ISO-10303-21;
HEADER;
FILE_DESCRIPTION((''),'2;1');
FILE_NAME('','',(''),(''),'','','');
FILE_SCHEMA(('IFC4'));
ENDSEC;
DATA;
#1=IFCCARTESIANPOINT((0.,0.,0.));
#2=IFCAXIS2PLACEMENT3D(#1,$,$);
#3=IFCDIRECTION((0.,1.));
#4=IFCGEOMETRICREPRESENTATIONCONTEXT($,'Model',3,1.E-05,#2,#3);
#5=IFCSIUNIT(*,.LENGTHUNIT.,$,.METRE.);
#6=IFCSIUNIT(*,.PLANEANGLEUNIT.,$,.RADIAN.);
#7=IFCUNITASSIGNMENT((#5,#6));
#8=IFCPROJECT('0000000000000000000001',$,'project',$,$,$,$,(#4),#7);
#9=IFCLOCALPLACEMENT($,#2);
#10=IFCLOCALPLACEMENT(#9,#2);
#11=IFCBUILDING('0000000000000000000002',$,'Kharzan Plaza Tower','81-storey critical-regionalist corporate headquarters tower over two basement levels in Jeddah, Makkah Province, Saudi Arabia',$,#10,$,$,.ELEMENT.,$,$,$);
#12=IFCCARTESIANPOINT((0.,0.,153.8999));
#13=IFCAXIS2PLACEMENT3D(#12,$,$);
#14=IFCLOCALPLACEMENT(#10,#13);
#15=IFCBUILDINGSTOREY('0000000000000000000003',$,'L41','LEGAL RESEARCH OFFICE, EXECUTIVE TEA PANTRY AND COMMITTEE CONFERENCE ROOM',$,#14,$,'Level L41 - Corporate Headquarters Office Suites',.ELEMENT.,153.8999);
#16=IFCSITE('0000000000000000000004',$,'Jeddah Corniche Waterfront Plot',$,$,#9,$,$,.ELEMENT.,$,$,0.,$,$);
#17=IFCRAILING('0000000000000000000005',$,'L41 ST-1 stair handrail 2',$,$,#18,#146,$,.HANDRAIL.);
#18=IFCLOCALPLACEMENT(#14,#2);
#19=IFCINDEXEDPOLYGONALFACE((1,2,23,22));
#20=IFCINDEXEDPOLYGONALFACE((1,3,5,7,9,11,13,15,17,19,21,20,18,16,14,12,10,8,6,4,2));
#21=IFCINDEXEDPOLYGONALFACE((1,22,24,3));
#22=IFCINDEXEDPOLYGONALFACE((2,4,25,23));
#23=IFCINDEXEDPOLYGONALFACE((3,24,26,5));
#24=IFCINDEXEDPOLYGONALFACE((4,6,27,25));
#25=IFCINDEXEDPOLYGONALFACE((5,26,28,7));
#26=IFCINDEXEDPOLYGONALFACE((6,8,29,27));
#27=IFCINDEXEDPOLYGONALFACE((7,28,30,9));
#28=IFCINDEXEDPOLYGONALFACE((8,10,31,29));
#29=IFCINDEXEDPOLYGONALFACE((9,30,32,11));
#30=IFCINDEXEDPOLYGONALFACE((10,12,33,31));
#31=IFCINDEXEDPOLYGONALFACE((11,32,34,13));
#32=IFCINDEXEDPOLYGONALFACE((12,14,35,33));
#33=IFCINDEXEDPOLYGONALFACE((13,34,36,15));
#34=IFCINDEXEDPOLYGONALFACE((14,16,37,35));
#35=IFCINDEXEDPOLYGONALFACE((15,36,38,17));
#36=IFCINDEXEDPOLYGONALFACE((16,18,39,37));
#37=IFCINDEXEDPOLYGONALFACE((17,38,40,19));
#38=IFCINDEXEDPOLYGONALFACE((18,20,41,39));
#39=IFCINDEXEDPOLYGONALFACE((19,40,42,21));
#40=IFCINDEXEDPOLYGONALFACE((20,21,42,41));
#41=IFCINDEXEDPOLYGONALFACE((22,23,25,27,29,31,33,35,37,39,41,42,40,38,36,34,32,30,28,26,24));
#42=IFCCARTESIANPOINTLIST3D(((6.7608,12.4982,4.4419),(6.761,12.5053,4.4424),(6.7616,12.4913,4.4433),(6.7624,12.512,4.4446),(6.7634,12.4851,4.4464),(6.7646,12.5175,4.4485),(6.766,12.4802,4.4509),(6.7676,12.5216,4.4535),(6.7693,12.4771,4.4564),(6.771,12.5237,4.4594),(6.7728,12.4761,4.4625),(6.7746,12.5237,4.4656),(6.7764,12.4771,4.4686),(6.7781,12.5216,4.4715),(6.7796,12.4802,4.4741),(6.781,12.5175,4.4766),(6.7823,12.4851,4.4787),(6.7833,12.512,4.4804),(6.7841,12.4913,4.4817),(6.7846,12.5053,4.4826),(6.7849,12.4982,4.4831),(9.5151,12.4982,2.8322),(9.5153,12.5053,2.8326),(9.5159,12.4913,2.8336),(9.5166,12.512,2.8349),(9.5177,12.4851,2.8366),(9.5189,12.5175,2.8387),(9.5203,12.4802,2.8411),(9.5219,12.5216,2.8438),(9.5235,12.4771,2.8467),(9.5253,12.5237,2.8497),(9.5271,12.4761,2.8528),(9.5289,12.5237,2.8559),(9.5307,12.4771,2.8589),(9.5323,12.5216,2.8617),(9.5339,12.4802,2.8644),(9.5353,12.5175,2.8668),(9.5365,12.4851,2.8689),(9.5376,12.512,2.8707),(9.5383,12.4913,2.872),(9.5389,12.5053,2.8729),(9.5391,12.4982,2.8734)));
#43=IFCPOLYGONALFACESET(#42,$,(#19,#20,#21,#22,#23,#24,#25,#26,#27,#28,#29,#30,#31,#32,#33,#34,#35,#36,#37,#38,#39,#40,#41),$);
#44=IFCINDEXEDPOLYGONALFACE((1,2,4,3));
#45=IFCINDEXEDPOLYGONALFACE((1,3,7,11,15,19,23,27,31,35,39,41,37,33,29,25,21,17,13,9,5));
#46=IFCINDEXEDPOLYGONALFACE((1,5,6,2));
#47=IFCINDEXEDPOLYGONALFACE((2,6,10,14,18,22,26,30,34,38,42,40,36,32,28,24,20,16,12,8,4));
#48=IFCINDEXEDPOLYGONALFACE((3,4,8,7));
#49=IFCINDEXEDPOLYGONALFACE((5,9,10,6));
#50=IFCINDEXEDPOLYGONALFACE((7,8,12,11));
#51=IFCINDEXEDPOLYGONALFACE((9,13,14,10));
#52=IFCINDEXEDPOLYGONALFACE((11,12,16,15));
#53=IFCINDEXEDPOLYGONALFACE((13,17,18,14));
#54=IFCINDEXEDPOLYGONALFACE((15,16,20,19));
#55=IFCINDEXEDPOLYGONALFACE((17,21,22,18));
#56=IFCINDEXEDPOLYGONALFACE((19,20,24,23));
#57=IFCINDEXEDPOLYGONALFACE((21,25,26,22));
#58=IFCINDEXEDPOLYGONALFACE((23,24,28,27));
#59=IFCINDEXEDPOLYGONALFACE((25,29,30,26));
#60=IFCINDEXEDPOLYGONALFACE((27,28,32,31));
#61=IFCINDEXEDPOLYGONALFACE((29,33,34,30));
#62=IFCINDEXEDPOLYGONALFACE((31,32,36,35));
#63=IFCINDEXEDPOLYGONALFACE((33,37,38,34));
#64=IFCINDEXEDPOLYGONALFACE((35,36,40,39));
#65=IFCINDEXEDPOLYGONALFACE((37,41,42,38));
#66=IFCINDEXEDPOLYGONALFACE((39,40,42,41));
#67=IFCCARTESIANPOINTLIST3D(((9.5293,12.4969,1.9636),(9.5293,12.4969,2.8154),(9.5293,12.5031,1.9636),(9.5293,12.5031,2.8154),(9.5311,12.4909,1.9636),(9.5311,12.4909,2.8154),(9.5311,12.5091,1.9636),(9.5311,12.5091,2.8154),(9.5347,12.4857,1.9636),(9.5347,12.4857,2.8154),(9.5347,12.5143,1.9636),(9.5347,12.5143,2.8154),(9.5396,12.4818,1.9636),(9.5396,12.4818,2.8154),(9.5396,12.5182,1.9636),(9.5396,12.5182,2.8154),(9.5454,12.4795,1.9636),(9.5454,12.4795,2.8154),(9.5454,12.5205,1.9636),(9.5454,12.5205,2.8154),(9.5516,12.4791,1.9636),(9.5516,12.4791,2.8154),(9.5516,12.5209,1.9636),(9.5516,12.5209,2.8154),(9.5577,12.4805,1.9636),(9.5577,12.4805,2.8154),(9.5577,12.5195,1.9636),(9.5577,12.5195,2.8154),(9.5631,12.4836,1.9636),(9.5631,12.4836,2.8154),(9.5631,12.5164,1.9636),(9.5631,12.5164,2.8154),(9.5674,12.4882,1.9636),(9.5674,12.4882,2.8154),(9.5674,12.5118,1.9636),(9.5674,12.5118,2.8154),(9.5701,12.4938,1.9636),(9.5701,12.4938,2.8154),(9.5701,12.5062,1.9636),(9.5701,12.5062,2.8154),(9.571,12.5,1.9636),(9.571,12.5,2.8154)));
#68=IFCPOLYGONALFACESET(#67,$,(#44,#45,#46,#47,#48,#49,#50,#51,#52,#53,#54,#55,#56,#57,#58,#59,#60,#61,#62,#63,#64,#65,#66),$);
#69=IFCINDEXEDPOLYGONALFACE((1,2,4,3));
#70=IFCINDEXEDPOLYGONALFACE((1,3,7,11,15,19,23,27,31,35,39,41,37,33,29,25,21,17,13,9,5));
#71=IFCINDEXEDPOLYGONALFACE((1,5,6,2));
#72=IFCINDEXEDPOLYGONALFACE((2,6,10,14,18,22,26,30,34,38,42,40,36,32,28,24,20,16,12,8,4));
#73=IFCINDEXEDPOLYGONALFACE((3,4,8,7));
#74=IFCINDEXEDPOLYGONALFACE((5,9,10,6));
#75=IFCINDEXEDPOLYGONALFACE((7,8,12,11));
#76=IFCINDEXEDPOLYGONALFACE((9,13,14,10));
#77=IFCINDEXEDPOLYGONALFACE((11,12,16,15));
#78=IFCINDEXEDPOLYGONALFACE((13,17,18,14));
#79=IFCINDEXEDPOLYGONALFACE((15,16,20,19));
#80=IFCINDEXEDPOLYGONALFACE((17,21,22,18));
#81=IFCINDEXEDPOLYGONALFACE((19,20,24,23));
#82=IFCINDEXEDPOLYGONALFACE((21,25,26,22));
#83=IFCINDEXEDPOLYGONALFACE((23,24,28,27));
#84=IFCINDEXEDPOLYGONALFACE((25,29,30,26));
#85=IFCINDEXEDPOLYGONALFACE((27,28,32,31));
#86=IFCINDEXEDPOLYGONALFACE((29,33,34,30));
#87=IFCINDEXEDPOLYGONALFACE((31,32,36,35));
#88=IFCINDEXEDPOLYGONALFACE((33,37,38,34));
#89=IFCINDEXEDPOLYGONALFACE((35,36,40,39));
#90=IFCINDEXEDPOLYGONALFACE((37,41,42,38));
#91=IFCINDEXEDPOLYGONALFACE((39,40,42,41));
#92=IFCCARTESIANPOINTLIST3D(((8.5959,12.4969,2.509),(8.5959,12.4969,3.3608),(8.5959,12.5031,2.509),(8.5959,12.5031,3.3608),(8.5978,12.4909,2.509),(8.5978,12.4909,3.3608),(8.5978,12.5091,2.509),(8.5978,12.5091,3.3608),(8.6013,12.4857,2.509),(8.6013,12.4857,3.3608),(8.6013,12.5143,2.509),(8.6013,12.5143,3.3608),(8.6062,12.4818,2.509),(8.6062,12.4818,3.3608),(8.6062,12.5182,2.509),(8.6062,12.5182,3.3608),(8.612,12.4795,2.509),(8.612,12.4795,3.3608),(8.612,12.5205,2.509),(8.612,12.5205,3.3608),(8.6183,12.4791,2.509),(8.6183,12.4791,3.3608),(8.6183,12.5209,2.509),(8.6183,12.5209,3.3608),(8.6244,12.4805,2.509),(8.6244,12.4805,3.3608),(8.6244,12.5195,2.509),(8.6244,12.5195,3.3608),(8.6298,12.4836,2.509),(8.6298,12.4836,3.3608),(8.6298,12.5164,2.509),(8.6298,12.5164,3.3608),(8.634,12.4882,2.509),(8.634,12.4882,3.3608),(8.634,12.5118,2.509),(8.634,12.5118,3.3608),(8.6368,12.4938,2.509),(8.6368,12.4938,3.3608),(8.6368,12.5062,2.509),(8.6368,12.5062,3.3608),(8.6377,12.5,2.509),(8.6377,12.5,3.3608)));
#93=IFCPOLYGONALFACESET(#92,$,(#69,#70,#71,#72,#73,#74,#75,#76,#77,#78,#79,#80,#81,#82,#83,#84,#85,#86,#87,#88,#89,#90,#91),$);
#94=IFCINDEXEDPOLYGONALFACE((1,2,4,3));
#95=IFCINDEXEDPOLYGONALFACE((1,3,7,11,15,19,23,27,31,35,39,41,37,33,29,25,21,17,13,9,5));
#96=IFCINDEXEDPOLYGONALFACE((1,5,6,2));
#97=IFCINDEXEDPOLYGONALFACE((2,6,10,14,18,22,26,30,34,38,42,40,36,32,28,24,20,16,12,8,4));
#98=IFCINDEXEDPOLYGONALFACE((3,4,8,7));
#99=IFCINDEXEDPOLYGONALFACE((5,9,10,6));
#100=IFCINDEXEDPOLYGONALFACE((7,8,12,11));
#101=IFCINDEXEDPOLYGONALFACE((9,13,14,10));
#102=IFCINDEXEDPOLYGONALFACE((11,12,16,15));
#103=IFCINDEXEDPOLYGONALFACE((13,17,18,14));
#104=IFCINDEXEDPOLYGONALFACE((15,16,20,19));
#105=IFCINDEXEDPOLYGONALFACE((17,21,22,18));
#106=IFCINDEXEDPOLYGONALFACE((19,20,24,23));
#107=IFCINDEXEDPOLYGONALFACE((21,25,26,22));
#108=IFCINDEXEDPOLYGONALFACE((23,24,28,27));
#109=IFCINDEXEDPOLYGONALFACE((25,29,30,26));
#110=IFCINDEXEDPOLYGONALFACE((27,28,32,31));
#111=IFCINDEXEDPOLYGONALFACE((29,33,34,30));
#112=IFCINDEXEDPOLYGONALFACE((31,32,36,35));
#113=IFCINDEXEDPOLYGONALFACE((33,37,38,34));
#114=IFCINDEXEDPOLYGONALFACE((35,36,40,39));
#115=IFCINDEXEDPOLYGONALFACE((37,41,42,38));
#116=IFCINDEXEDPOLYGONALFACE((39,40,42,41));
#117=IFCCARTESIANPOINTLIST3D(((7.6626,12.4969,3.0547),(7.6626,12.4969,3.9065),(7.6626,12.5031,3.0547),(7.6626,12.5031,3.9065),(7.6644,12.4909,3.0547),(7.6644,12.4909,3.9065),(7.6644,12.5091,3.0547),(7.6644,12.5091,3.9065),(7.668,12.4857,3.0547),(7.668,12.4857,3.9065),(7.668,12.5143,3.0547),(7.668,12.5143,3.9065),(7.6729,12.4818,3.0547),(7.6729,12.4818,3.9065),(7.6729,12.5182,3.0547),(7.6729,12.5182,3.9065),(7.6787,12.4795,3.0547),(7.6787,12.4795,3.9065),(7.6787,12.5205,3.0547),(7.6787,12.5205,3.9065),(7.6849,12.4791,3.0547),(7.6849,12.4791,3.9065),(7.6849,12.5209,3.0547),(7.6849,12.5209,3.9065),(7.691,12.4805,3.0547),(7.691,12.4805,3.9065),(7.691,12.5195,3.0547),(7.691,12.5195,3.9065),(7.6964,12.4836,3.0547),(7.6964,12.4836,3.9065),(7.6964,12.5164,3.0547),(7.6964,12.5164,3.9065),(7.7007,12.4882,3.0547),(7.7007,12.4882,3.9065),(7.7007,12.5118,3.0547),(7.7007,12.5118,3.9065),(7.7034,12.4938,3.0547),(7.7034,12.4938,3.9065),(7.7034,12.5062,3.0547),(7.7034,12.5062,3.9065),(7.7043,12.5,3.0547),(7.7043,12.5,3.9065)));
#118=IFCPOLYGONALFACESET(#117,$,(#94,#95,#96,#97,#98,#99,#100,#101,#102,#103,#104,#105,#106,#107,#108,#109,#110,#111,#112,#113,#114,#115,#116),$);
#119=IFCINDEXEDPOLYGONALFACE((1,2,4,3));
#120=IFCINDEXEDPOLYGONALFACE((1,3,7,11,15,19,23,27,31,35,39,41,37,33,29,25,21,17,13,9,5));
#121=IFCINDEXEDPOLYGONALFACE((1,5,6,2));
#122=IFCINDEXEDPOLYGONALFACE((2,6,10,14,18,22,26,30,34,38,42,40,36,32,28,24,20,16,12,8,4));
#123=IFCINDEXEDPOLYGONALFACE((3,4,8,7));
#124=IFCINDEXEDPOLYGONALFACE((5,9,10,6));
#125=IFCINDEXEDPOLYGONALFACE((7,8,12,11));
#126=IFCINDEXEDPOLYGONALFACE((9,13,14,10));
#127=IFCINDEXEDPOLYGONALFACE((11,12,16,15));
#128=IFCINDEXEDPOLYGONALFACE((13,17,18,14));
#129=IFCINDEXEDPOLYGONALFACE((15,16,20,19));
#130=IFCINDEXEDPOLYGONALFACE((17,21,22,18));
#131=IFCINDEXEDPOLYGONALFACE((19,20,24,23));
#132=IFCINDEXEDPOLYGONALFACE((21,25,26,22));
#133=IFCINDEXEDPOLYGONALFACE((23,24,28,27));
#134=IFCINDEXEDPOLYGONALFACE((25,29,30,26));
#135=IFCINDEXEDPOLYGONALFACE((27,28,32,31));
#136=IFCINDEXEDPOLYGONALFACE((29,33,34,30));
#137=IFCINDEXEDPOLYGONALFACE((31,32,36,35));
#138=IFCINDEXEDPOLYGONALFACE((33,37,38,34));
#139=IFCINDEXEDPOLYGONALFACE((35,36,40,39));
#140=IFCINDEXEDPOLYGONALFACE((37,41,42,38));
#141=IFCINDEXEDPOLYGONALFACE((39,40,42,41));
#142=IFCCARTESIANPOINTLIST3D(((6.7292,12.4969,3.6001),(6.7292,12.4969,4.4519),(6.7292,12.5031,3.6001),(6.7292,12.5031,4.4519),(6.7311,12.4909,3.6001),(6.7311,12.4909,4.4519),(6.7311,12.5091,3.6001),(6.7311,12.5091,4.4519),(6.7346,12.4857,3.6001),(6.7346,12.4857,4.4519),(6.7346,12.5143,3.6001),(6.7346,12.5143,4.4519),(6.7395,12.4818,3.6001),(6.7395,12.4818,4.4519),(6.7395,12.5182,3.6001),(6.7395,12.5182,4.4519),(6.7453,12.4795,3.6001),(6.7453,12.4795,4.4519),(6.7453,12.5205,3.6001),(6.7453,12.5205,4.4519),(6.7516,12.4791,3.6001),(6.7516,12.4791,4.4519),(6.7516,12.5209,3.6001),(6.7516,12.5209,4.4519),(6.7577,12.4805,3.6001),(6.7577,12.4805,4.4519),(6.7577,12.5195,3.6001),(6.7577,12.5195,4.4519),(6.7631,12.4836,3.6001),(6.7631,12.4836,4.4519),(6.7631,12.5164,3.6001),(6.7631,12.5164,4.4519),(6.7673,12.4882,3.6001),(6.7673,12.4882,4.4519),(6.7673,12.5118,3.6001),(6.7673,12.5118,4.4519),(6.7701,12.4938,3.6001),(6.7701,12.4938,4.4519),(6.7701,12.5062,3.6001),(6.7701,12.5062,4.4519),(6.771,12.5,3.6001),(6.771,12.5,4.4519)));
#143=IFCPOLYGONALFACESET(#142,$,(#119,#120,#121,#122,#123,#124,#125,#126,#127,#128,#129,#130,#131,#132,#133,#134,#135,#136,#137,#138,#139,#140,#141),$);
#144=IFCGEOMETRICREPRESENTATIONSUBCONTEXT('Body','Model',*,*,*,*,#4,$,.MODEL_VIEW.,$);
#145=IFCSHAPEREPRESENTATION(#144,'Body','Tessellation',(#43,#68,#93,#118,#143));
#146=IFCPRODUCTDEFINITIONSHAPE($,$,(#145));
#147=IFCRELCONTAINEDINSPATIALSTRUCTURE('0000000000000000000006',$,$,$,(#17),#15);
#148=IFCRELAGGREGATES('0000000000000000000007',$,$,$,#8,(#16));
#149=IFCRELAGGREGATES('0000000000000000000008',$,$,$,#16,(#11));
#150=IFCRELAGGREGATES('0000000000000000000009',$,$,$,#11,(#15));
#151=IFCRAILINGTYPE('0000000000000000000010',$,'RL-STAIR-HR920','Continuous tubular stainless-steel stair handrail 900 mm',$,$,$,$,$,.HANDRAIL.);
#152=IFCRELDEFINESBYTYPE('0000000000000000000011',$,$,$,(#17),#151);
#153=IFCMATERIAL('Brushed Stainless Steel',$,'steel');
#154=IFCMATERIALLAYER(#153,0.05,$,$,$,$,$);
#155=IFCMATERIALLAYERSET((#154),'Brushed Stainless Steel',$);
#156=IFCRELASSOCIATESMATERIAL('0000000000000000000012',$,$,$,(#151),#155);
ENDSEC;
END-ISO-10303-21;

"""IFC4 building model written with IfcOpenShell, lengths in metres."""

from ifc_helpers import new_model, si_unit, direction, frame, origin, origin_2d, place, context, subcontext, project, spatial, circle, extrude, source, transform, mapped, material, layer, layer_set, type_object, element, save


model = new_model("IFC4")

# Units and contexts
model_context = context("Model", 3, precision=1e-05, world=origin(), true_north=direction((0.0, 1.0)))
body_context = subcontext(model_context, "Body", "Model", "MODEL_VIEW")
ifc_project = project(units=[si_unit("LENGTHUNIT", "METRE"), si_unit("PLANEANGLEUNIT", "RADIAN")], contexts=[model_context])

# Site, building, storey
site_placement = place(None, origin())
site = spatial("IfcSite", under=ifc_project, at=site_placement, Name="Jeddah Corniche Waterfront Plot", CompositionType="ELEMENT", RefElevation=0.0)
building_placement = place(site_placement, origin())
building = spatial("IfcBuilding", under=site, at=building_placement, Name="Kharzan Plaza Tower", Description="81-storey critical-regionalist corporate headquarters tower over two basement levels in Jeddah, Makkah Province, Saudi Arabia", CompositionType="ELEMENT")
storey_placement = place(building_placement, frame((0.0, 0.0, 153.8999)))
storey = spatial("IfcBuildingStorey", under=building, at=storey_placement, Name="L41", Description="LEGAL RESEARCH OFFICE, EXECUTIVE TEA PANTRY AND COMMITTEE CONFERENCE ROOM", LongName="Level L41 - Corporate Headquarters Office Suites", CompositionType="ELEMENT", Elevation=153.8999)

# Shared definitions
ifc_material_1 = material(Name="Brushed Stainless Steel", Category="steel")

# Railing
ifc_layer_1 = layer(ifc_material_1, 0.05)
ifc_layer_set_1 = layer_set([ifc_layer_1], Name="Brushed Stainless Steel")
railing_type = type_object("IfcRailingType", Name="RL-STAIR-HR920", Description="Continuous tubular stainless-steel stair handrail 900 mm", PredefinedType="HANDRAIL", material=ifc_layer_set_1)
shared_shape_1 = source(origin(), body_context, "Body", "SweptSolid", [
    extrude(circle(Radius=0.0239, at=origin_2d()), frame((-0.0229, 0.0, 0.8892), z_axis=(-0.863361, 0.0, 0.504587), x_axis=(0.0, -1.0, 0.0)), (0.0, 0.0, 1.0), 3.1902),
    extrude(circle(Radius=0.021, at=origin_2d()), origin(), (0.0, 0.0, 1.0), 0.8518),
    extrude(circle(Radius=0.021, at=origin_2d()), frame((-0.9333, 0.0, 0.5454)), (0.0, 0.0, 1.0), 0.8518),
    extrude(circle(Radius=0.021, at=origin_2d()), frame((-1.8667, 0.0, 1.0911)), (0.0, 0.0, 1.0), 0.8518),
    extrude(circle(Radius=0.021, at=origin_2d()), frame((-2.8, 0.0, 1.6365)), (0.0, 0.0, 1.0), 0.8518),
])
railing_placement = place(storey_placement, frame((9.55, 12.5, 1.9636)))
element("IfcRailing", 1, at=railing_placement, inside=storey, type_object=railing_type, Name="L41 ST-1 stair handrail 2", PredefinedType="HANDRAIL", context=body_context, shape_type="MappedRepresentation", body=[
    mapped(shared_shape_1, transform((0.0, 0.0, 0.0), x_axis=(1.0, 0.0, 0.0), y_axis=(0.0, 1.0, 0.0), z_axis=(0.0, 0.0, 1.0))),
])

save(model, "model.ifc")
